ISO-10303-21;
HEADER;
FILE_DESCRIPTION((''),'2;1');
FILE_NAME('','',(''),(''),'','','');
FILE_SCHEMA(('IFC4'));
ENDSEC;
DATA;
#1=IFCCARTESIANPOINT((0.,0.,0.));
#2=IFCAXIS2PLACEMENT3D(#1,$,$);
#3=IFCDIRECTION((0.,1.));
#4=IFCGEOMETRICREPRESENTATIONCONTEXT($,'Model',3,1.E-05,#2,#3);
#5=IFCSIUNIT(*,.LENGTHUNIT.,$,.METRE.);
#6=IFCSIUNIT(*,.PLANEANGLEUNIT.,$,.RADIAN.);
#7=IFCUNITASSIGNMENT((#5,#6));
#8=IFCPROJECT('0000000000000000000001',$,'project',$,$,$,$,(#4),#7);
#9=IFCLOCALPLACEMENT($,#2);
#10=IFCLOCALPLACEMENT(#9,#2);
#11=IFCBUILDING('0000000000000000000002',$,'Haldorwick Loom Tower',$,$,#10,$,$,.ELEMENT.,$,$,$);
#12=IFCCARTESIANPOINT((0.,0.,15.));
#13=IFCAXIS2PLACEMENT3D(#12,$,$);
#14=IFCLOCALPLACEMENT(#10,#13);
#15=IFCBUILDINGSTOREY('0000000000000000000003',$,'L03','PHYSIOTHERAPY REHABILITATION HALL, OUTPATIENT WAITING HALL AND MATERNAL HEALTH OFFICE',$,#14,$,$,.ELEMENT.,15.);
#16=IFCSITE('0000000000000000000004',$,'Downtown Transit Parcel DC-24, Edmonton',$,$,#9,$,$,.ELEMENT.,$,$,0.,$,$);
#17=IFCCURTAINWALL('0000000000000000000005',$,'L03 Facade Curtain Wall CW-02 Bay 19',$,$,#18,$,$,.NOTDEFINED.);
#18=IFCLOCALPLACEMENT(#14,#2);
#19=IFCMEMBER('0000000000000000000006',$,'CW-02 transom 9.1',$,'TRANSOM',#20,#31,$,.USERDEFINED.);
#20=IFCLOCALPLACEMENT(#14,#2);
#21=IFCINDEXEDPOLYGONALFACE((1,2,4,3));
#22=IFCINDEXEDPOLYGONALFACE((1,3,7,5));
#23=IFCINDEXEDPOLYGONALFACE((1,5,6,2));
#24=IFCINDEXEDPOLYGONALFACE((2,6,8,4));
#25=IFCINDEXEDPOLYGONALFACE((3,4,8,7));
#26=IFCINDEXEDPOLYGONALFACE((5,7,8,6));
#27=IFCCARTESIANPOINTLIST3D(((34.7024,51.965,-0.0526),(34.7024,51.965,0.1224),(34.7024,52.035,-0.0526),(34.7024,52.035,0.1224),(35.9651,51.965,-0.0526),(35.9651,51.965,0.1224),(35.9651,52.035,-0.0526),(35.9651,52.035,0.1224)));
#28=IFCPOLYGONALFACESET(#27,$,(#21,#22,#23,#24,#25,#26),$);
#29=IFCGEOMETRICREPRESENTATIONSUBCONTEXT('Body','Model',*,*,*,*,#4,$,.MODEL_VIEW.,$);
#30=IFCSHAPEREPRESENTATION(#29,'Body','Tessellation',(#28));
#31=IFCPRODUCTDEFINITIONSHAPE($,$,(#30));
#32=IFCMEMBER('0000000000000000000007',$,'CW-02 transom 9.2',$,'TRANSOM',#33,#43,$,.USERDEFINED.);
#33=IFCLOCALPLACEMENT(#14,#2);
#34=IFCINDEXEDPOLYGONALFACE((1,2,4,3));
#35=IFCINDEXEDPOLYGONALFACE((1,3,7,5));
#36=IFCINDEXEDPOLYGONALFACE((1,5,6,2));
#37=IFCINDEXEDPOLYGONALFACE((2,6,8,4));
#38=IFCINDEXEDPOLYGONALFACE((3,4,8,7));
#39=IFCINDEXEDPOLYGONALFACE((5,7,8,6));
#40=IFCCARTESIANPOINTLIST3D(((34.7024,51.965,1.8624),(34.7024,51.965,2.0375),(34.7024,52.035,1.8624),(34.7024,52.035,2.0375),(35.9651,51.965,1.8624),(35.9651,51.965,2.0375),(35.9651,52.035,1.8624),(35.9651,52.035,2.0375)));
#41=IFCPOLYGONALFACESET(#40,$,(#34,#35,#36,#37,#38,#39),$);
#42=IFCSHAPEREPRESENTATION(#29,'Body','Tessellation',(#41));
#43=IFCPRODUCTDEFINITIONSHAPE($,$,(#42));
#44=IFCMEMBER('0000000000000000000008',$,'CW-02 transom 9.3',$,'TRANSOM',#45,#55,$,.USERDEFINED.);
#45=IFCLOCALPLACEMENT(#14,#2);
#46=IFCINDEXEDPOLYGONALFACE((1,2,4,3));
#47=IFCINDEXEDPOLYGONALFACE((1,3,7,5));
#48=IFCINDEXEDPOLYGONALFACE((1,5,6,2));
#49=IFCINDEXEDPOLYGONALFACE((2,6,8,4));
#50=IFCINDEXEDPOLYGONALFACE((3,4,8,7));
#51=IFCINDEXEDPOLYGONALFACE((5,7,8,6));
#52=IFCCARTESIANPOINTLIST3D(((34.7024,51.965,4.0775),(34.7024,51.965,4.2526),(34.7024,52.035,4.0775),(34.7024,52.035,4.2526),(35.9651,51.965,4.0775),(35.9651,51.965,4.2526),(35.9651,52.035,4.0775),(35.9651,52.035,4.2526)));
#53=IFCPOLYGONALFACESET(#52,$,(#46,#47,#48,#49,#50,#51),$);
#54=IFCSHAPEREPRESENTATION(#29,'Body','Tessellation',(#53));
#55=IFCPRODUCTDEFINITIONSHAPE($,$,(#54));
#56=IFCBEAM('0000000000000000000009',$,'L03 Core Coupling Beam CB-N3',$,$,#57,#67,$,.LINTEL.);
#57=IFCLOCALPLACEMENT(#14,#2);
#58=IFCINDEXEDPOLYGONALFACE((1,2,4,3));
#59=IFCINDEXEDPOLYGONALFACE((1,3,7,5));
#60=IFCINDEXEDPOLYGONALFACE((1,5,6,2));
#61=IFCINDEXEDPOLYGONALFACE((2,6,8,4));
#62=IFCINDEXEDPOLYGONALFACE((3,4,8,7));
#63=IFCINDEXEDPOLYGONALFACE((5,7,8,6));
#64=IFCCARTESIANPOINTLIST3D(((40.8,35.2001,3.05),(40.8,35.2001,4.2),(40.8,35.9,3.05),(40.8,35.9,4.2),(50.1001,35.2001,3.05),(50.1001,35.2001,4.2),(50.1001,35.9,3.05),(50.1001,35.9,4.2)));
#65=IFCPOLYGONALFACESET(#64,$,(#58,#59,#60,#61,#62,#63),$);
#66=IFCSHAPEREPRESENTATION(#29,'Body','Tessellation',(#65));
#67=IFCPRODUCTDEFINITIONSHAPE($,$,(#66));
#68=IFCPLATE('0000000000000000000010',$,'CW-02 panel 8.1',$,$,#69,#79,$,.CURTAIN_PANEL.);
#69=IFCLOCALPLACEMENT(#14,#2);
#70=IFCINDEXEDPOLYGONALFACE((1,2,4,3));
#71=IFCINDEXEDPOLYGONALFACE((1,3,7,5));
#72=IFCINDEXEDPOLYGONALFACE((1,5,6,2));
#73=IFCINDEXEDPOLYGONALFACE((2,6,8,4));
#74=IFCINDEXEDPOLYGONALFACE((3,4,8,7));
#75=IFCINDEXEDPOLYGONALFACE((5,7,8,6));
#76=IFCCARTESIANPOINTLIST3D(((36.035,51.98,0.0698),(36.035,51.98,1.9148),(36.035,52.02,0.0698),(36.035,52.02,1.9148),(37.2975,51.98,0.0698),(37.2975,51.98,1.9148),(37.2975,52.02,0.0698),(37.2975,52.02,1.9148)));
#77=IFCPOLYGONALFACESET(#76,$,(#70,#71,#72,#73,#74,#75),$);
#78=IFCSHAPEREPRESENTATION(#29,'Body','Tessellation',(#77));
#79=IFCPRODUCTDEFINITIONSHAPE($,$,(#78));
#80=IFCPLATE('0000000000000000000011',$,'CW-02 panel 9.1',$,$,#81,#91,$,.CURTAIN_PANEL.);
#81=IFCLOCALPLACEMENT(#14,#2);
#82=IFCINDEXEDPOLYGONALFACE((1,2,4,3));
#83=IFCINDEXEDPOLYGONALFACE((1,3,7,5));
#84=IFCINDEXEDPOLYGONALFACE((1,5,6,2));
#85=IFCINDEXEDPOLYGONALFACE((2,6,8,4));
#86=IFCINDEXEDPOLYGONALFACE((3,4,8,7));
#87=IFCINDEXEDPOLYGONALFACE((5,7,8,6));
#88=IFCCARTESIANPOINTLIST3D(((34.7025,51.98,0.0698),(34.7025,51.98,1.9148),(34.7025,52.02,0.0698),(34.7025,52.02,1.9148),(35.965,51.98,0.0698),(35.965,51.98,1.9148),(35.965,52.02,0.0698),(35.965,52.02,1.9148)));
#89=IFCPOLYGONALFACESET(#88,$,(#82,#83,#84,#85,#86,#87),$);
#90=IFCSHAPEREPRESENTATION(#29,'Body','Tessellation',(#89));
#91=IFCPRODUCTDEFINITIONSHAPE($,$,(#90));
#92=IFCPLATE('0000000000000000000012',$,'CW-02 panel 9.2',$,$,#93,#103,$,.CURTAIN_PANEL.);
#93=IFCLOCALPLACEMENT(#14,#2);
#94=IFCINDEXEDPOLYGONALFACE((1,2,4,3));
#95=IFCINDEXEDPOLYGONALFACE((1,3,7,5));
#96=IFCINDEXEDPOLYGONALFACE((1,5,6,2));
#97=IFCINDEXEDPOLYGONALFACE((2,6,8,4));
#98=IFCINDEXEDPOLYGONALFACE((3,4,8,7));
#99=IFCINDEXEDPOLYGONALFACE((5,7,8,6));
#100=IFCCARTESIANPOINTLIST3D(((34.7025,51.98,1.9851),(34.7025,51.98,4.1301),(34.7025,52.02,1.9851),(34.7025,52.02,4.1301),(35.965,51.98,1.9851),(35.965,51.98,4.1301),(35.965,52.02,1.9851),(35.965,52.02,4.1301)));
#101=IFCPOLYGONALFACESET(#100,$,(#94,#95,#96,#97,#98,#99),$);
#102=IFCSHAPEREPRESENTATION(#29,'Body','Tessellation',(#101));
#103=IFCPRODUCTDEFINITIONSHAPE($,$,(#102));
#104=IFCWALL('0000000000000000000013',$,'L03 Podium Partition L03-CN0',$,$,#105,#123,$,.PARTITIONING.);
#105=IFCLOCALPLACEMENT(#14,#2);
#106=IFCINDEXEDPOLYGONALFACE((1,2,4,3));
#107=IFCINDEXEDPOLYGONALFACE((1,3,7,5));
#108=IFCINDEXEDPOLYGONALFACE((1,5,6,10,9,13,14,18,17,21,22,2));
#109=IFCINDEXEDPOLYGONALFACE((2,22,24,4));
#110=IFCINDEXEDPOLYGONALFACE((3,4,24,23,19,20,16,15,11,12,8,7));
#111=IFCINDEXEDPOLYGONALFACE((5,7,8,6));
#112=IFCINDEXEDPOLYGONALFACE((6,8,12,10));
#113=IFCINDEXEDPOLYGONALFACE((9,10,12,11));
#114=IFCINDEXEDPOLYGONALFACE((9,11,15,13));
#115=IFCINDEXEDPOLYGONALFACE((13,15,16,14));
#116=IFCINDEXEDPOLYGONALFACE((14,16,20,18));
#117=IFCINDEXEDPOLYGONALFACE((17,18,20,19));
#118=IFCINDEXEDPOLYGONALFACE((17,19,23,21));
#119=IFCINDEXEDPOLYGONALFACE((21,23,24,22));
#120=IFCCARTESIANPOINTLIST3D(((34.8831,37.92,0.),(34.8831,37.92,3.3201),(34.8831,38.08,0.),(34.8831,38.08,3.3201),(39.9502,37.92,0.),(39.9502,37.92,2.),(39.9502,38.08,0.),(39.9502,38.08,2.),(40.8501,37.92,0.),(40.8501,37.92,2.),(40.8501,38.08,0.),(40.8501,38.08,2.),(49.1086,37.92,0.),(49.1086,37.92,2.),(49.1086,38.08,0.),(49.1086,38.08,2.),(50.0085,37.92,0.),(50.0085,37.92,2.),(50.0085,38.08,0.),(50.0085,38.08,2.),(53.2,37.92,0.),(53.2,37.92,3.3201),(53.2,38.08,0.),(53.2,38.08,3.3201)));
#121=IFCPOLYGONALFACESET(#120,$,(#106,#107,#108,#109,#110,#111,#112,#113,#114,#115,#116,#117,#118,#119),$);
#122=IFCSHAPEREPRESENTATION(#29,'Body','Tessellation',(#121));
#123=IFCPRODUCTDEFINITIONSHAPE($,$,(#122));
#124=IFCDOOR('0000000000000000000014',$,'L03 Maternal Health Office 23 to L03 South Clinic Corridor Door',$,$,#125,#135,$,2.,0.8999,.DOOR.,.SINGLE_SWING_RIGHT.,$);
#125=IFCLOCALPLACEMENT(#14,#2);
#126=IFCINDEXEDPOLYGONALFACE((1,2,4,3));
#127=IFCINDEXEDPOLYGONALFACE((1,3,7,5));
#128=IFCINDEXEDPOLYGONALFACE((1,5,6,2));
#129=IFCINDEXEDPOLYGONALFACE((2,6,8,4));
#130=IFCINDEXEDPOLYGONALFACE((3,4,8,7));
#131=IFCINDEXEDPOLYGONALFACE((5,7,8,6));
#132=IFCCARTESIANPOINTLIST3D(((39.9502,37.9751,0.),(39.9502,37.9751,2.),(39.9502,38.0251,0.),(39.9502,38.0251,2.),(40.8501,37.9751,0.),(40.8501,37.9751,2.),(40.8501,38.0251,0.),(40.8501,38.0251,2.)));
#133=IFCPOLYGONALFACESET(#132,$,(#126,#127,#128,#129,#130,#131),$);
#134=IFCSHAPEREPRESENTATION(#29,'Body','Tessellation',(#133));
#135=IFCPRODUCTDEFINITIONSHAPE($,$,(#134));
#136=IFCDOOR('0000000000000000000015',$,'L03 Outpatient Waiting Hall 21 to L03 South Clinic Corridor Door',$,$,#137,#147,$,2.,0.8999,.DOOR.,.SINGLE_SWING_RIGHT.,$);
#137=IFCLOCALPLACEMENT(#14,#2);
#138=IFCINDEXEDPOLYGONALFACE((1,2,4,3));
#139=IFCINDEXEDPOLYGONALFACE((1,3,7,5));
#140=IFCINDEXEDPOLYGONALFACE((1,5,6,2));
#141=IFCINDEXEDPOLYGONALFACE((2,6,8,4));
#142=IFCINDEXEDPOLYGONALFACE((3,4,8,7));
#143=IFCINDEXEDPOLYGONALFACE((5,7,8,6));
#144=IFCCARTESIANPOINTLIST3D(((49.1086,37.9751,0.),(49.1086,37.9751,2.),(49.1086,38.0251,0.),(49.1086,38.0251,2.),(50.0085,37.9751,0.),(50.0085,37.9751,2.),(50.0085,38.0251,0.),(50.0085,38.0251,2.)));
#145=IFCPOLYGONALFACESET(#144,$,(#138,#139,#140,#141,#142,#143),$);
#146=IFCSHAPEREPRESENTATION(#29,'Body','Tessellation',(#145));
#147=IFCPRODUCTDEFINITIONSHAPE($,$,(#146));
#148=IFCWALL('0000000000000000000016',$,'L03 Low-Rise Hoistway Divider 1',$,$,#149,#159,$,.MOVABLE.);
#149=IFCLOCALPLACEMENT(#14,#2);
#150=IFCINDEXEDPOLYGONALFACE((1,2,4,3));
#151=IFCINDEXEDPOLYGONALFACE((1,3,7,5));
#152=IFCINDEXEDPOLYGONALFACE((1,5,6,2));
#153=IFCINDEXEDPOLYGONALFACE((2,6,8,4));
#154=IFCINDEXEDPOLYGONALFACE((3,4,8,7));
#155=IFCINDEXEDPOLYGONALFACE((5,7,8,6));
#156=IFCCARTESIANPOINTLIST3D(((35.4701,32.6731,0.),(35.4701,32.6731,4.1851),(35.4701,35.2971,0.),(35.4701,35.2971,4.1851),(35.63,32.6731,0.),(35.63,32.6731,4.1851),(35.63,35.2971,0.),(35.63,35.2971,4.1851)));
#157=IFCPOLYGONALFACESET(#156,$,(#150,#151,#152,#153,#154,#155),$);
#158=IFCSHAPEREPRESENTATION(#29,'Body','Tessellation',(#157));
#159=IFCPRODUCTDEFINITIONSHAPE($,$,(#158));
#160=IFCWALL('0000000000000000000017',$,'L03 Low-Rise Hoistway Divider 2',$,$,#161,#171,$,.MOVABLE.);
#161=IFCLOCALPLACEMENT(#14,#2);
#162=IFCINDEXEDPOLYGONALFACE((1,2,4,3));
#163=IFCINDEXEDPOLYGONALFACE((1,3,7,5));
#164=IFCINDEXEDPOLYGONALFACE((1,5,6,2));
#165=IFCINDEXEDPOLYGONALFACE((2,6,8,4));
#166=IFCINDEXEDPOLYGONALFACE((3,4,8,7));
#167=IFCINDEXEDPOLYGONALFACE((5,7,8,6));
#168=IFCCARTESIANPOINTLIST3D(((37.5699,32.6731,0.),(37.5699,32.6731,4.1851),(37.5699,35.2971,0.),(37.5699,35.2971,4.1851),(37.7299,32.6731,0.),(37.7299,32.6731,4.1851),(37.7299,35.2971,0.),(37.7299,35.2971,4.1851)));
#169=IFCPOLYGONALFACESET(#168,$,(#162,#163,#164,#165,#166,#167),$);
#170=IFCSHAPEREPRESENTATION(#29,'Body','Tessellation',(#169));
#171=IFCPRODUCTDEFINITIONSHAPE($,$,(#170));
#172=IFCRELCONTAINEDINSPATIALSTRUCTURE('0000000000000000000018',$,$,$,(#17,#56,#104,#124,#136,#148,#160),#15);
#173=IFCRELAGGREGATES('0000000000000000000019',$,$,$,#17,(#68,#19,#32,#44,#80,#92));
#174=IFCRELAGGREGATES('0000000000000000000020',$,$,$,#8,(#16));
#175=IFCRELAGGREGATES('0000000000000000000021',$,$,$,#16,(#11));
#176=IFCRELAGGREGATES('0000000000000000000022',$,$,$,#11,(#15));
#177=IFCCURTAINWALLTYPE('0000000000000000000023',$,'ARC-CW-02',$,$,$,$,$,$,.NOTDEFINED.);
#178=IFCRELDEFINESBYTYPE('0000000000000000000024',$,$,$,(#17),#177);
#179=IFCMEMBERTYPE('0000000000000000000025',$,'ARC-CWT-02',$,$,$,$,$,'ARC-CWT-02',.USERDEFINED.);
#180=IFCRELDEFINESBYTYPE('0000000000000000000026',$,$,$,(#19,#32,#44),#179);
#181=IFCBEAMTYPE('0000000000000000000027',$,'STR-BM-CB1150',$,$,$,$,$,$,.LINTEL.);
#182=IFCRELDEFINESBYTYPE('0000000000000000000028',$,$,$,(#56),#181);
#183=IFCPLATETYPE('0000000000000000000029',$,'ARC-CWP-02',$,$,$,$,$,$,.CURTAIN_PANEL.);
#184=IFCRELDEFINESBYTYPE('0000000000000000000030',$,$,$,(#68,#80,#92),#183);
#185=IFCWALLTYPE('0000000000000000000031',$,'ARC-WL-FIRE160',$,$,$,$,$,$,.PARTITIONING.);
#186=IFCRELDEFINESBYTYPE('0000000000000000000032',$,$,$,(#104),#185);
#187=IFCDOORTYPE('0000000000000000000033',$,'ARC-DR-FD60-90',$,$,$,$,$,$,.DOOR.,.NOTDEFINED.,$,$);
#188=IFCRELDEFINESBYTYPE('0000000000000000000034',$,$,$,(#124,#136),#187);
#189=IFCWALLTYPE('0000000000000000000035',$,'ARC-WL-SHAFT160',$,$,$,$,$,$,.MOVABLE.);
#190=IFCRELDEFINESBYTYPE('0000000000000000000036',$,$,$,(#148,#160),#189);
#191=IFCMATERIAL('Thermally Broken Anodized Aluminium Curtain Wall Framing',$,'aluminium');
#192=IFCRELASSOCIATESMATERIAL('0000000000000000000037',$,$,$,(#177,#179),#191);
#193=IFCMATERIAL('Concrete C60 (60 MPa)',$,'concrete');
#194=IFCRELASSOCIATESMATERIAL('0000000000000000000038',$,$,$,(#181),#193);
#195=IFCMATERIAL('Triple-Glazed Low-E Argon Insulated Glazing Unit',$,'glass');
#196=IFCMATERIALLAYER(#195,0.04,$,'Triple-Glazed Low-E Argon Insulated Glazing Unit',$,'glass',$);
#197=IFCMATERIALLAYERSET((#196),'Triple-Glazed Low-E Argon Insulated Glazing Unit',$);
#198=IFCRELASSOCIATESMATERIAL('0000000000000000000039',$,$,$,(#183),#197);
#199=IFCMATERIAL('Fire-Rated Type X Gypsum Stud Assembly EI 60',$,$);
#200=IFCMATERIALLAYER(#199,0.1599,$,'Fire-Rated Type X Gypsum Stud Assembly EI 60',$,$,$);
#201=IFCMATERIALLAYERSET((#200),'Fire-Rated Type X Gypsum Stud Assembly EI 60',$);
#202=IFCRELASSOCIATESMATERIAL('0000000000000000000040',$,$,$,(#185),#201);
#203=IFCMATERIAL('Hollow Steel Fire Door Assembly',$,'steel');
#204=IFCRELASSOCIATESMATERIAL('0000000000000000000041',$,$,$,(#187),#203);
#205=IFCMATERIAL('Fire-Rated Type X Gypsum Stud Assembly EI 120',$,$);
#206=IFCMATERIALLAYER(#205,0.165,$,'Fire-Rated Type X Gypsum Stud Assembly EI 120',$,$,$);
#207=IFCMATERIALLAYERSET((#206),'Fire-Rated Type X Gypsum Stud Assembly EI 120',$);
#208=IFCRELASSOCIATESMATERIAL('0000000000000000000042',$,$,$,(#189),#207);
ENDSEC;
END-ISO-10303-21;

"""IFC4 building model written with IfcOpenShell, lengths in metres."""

from ifc_helpers import new_model, si_unit, direction, frame, frame_2d, origin, origin_2d, place, context, subcontext, project, spatial, rectangle, extrude, material, layer, layer_set, material_profile, profile_set, type_object, element, fill, aggregate, save


model = new_model("IFC4")

# Units and contexts
model_context = context("Model", 3, precision=1e-05, world=origin(), true_north=direction((0.0, 1.0)))
body_context = subcontext(model_context, "Body", "Model", "MODEL_VIEW")
ifc_project = project(units=[si_unit("LENGTHUNIT", "METRE"), si_unit("PLANEANGLEUNIT", "RADIAN")], contexts=[model_context])

# Site, building, storey
site_placement = place(None, origin())
site = spatial("IfcSite", under=ifc_project, at=site_placement, Name="Downtown Transit Parcel DC-24, Edmonton", CompositionType="ELEMENT", RefElevation=0.0)
building_placement = place(site_placement, origin())
building = spatial("IfcBuilding", under=site, at=building_placement, Name="Haldorwick Loom Tower", CompositionType="ELEMENT")
storey_placement = place(building_placement, frame((0.0, 0.0, 15.0)))
storey = spatial("IfcBuildingStorey", under=building, at=storey_placement, Name="L03", Description="PHYSIOTHERAPY REHABILITATION HALL, OUTPATIENT WAITING HALL AND MATERNAL HEALTH OFFICE", CompositionType="ELEMENT", Elevation=15.0)

# Curtain wall, members
ifc_material_1 = material(Name="Thermally Broken Anodized Aluminium Curtain Wall Framing", Category="aluminium")
curtain_wall_type = type_object("IfcCurtainWallType", Name="ARC-CW-02", PredefinedType="NOTDEFINED", material=ifc_material_1)
curtain_wall_placement = place(storey_placement, origin())
curtain_wall = element("IfcCurtainWall", 1, at=curtain_wall_placement, inside=storey, type_object=curtain_wall_type, Name="L03 Facade Curtain Wall CW-02 Bay 19", PredefinedType="NOTDEFINED")
ifc_material_profile_1 = material_profile(ifc_material_1, rectangle(XDim=0.0701, YDim=0.175, at=origin_2d()), Name="ALU_TRN_70X175", Category="aluminium")
ifc_profile_set_1 = profile_set([ifc_material_profile_1], Name="Thermally Broken Anodized Aluminium Curtain Wall Framing")
member_type_1 = type_object("IfcMemberType", Name="ARC-CWT-02", ElementType="ARC-CWT-02", PredefinedType="USERDEFINED", material=ifc_profile_set_1)
member_1_placement = place(storey_placement, frame((35.9651, 52.0, 0.0349), z_axis=(-1.0, 0.0, 0.0), x_axis=(0.0, -1.0, 0.0)))
member_1 = element("IfcMember", 2, at=member_1_placement, type_object=member_type_1, Name="CW-02 transom 9.1", ObjectType="TRANSOM", PredefinedType="USERDEFINED", context=body_context, shape_type="SweptSolid", body=[
    extrude(rectangle(XDim=0.0701, YDim=0.175, at=origin_2d()), origin(), (0.0, 0.0, 1.0), 1.2627),
])
member_2_placement = place(storey_placement, frame((35.9651, 52.0, 1.95), z_axis=(-1.0, 0.0, 0.0), x_axis=(0.0, -1.0, 0.0)))
member_2 = element("IfcMember", 3, at=member_2_placement, type_object=member_type_1, Name="CW-02 transom 9.2", ObjectType="TRANSOM", PredefinedType="USERDEFINED", context=body_context, shape_type="SweptSolid", body=[
    extrude(rectangle(XDim=0.0701, YDim=0.175, at=origin_2d()), origin(), (0.0, 0.0, 1.0), 1.2627),
])
member_3_placement = place(storey_placement, frame((35.9651, 52.0, 4.165), z_axis=(-1.0, 0.0, 0.0), x_axis=(0.0, -1.0, 0.0)))
member_3 = element("IfcMember", 4, at=member_3_placement, type_object=member_type_1, Name="CW-02 transom 9.3", ObjectType="TRANSOM", PredefinedType="USERDEFINED", context=body_context, shape_type="SweptSolid", body=[
    extrude(rectangle(XDim=0.0701, YDim=0.175, at=origin_2d()), origin(), (0.0, 0.0, 1.0), 1.2627),
])

# Beam
ifc_material_2 = material(Name="Concrete C60 (60 MPa)", Category="concrete")
ifc_material_profile_2 = material_profile(ifc_material_2, rectangle(XDim=0.7, YDim=1.1499, at=origin_2d()), Name="RC700X1150", Category="concrete")
ifc_profile_set_2 = profile_set([ifc_material_profile_2], Name="Concrete C60 (60 MPa)")
beam_type = type_object("IfcBeamType", Name="STR-BM-CB1150", PredefinedType="LINTEL", material=ifc_profile_set_2)
beam_placement = place(storey_placement, frame((40.8, 35.55, 3.625), z_axis=(1.0, 0.0, 0.0), x_axis=(0.0, 1.0, 0.0)))
element("IfcBeam", 5, at=beam_placement, inside=storey, type_object=beam_type, Name="L03 Core Coupling Beam CB-N3", PredefinedType="LINTEL", context=body_context, shape_type="SweptSolid", body=[
    extrude(rectangle(XDim=0.7, YDim=1.1499, at=origin_2d()), origin(), (0.0, 0.0, 1.0), 9.3),
])

# Plates
ifc_material_3 = material(Name="Triple-Glazed Low-E Argon Insulated Glazing Unit", Category="glass")
ifc_layer_1 = layer(ifc_material_3, 0.04, Name="Triple-Glazed Low-E Argon Insulated Glazing Unit", Category="glass")
ifc_layer_set_1 = layer_set([ifc_layer_1], Name="Triple-Glazed Low-E Argon Insulated Glazing Unit")
plate_type = type_object("IfcPlateType", Name="ARC-CWP-02", PredefinedType="CURTAIN_PANEL", material=ifc_layer_set_1)
plate_1_placement = place(storey_placement, frame((36.6663, 52.0, 0.0698), z_axis=(0.0, 0.0, 1.0), x_axis=(-1.0, 0.0, 0.0)))
plate_1 = element("IfcPlate", 6, at=plate_1_placement, type_object=plate_type, Name="CW-02 panel 8.1", PredefinedType="CURTAIN_PANEL", context=body_context, shape_type="SweptSolid", body=[
    extrude(rectangle(XDim=1.2625, YDim=0.04, at=origin_2d()), origin(), (0.0, 0.0, 1.0), 1.845),
])
plate_2_placement = place(storey_placement, frame((35.3337, 52.0, 0.0698), z_axis=(0.0, 0.0, 1.0), x_axis=(-1.0, 0.0, 0.0)))
plate_2 = element("IfcPlate", 7, at=plate_2_placement, type_object=plate_type, Name="CW-02 panel 9.1", PredefinedType="CURTAIN_PANEL", context=body_context, shape_type="SweptSolid", body=[
    extrude(rectangle(XDim=1.2625, YDim=0.04, at=origin_2d()), origin(), (0.0, 0.0, 1.0), 1.845),
])
plate_3_placement = place(storey_placement, frame((35.3337, 52.0, 1.9851), z_axis=(0.0, 0.0, 1.0), x_axis=(-1.0, 0.0, 0.0)))
plate_3 = element("IfcPlate", 8, at=plate_3_placement, type_object=plate_type, Name="CW-02 panel 9.2", PredefinedType="CURTAIN_PANEL", context=body_context, shape_type="SweptSolid", body=[
    extrude(rectangle(XDim=1.2625, YDim=0.04, at=origin_2d()), origin(), (0.0, 0.0, 1.0), 2.145),
])
aggregate(curtain_wall, [plate_1, member_1, member_2, member_3, plate_2, plate_3])

# Wall, openings, doors
ifc_material_4 = material(Name="Fire-Rated Type X Gypsum Stud Assembly EI 60")
ifc_layer_2 = layer(ifc_material_4, 0.1599, Name="Fire-Rated Type X Gypsum Stud Assembly EI 60")
ifc_layer_set_2 = layer_set([ifc_layer_2], Name="Fire-Rated Type X Gypsum Stud Assembly EI 60")
wall_type_1 = type_object("IfcWallType", Name="ARC-WL-FIRE160", PredefinedType="PARTITIONING", material=ifc_layer_set_2)
wall_1_placement = place(storey_placement, frame((34.8831, 38.0, 0.0), z_axis=(0.0, 0.0, 1.0), x_axis=(1.0, 0.0, 0.0)))
wall_1 = element("IfcWall", 9, at=wall_1_placement, inside=storey, type_object=wall_type_1, Name="L03 Podium Partition L03-CN0", PredefinedType="PARTITIONING", context=body_context, shape_type="SweptSolid", body=[
    extrude(rectangle(XDim=18.3169, YDim=0.1599, at=frame_2d((9.1584, 0.0))), origin(), (0.0, 0.0, 1.0), 3.3201),
])
opening_1_placement = place(wall_1_placement, frame((5.0671, 0.0, 0.0)))
opening_1 = element("IfcOpeningElement", 10, at=opening_1_placement, cuts=wall_1, PredefinedType="OPENING", context=body_context, shape_type="SweptSolid", body=[
    extrude(rectangle(XDim=0.8999, YDim=2.0, at=frame_2d((0.45, 1.0))), frame((0.0, 0.0898, 0.0), z_axis=(0.0, -1.0, 0.0), x_axis=(1.0, 0.0, 0.0)), (0.0, 0.0, 1.0), 0.1799),
])
opening_2_placement = place(wall_1_placement, frame((14.2256, 0.0, 0.0)))
opening_2 = element("IfcOpeningElement", 11, at=opening_2_placement, cuts=wall_1, PredefinedType="OPENING", context=body_context, shape_type="SweptSolid", body=[
    extrude(rectangle(XDim=0.8999, YDim=2.0, at=frame_2d((0.45, 1.0))), frame((0.0, 0.0898, 0.0), z_axis=(0.0, -1.0, 0.0), x_axis=(1.0, 0.0, 0.0)), (0.0, 0.0, 1.0), 0.1799),
])
ifc_material_5 = material(Name="Hollow Steel Fire Door Assembly", Category="steel")
door_type = type_object("IfcDoorType", Name="ARC-DR-FD60-90", OperationType="NOTDEFINED", PredefinedType="DOOR", material=ifc_material_5)
door_1_placement = place(opening_1_placement, frame((0.8999, 0.0, 0.0), z_axis=(0.0, 0.0, 1.0), x_axis=(-1.0, 0.0, 0.0)))
door_1 = element("IfcDoor", 12, at=door_1_placement, inside=storey, type_object=door_type, Name="L03 Maternal Health Office 23 to L03 South Clinic Corridor Door", OperationType="SINGLE_SWING_RIGHT", OverallHeight=2.0, OverallWidth=0.8999, PredefinedType="DOOR", context=body_context, shape_type="SweptSolid", body=[
    extrude(rectangle(XDim=0.8999, YDim=2.0, at=frame_2d((0.45, 1.0))), frame((0.0, 0.0249, 0.0), z_axis=(0.0, -1.0, 0.0), x_axis=(1.0, 0.0, 0.0)), (0.0, 0.0, 1.0), 0.05),
])
fill(opening_1, door_1)
door_2_placement = place(opening_2_placement, frame((0.8999, 0.0, 0.0), z_axis=(0.0, 0.0, 1.0), x_axis=(-1.0, 0.0, 0.0)))
door_2 = element("IfcDoor", 13, at=door_2_placement, inside=storey, type_object=door_type, Name="L03 Outpatient Waiting Hall 21 to L03 South Clinic Corridor Door", OperationType="SINGLE_SWING_RIGHT", OverallHeight=2.0, OverallWidth=0.8999, PredefinedType="DOOR", context=body_context, shape_type="SweptSolid", body=[
    extrude(rectangle(XDim=0.8999, YDim=2.0, at=frame_2d((0.45, 1.0))), frame((0.0, 0.0249, 0.0), z_axis=(0.0, -1.0, 0.0), x_axis=(1.0, 0.0, 0.0)), (0.0, 0.0, 1.0), 0.05),
])
fill(opening_2, door_2)

# Walls
ifc_material_6 = material(Name="Fire-Rated Type X Gypsum Stud Assembly EI 120")
ifc_layer_3 = layer(ifc_material_6, 0.165, Name="Fire-Rated Type X Gypsum Stud Assembly EI 120")
ifc_layer_set_3 = layer_set([ifc_layer_3], Name="Fire-Rated Type X Gypsum Stud Assembly EI 120")
wall_type_2 = type_object("IfcWallType", Name="ARC-WL-SHAFT160", PredefinedType="MOVABLE", material=ifc_layer_set_3)
for number, where, z_axis, x_axis, name in (
    (14, (35.55, 32.6731, 0.0), (0.0, 0.0, 1.0), (0.0, 1.0, 0.0), "L03 Low-Rise Hoistway Divider 1"),
    (15, (37.6499, 32.6731, 0.0), (0.0, 0.0, 1.0), (0.0, 1.0, 0.0), "L03 Low-Rise Hoistway Divider 2"),
):
    element("IfcWall", number, at=place(storey_placement, frame(where, z_axis=z_axis, x_axis=x_axis)), inside=storey, type_object=wall_type_2, Name=name, PredefinedType="MOVABLE", context=body_context, shape_type="SweptSolid", body=[
        extrude(rectangle(XDim=2.624, YDim=0.1599, at=frame_2d((1.312, 0.0))), origin(), (0.0, 0.0, 1.0), 4.1851),
    ])

save(model, "model.ifc")
